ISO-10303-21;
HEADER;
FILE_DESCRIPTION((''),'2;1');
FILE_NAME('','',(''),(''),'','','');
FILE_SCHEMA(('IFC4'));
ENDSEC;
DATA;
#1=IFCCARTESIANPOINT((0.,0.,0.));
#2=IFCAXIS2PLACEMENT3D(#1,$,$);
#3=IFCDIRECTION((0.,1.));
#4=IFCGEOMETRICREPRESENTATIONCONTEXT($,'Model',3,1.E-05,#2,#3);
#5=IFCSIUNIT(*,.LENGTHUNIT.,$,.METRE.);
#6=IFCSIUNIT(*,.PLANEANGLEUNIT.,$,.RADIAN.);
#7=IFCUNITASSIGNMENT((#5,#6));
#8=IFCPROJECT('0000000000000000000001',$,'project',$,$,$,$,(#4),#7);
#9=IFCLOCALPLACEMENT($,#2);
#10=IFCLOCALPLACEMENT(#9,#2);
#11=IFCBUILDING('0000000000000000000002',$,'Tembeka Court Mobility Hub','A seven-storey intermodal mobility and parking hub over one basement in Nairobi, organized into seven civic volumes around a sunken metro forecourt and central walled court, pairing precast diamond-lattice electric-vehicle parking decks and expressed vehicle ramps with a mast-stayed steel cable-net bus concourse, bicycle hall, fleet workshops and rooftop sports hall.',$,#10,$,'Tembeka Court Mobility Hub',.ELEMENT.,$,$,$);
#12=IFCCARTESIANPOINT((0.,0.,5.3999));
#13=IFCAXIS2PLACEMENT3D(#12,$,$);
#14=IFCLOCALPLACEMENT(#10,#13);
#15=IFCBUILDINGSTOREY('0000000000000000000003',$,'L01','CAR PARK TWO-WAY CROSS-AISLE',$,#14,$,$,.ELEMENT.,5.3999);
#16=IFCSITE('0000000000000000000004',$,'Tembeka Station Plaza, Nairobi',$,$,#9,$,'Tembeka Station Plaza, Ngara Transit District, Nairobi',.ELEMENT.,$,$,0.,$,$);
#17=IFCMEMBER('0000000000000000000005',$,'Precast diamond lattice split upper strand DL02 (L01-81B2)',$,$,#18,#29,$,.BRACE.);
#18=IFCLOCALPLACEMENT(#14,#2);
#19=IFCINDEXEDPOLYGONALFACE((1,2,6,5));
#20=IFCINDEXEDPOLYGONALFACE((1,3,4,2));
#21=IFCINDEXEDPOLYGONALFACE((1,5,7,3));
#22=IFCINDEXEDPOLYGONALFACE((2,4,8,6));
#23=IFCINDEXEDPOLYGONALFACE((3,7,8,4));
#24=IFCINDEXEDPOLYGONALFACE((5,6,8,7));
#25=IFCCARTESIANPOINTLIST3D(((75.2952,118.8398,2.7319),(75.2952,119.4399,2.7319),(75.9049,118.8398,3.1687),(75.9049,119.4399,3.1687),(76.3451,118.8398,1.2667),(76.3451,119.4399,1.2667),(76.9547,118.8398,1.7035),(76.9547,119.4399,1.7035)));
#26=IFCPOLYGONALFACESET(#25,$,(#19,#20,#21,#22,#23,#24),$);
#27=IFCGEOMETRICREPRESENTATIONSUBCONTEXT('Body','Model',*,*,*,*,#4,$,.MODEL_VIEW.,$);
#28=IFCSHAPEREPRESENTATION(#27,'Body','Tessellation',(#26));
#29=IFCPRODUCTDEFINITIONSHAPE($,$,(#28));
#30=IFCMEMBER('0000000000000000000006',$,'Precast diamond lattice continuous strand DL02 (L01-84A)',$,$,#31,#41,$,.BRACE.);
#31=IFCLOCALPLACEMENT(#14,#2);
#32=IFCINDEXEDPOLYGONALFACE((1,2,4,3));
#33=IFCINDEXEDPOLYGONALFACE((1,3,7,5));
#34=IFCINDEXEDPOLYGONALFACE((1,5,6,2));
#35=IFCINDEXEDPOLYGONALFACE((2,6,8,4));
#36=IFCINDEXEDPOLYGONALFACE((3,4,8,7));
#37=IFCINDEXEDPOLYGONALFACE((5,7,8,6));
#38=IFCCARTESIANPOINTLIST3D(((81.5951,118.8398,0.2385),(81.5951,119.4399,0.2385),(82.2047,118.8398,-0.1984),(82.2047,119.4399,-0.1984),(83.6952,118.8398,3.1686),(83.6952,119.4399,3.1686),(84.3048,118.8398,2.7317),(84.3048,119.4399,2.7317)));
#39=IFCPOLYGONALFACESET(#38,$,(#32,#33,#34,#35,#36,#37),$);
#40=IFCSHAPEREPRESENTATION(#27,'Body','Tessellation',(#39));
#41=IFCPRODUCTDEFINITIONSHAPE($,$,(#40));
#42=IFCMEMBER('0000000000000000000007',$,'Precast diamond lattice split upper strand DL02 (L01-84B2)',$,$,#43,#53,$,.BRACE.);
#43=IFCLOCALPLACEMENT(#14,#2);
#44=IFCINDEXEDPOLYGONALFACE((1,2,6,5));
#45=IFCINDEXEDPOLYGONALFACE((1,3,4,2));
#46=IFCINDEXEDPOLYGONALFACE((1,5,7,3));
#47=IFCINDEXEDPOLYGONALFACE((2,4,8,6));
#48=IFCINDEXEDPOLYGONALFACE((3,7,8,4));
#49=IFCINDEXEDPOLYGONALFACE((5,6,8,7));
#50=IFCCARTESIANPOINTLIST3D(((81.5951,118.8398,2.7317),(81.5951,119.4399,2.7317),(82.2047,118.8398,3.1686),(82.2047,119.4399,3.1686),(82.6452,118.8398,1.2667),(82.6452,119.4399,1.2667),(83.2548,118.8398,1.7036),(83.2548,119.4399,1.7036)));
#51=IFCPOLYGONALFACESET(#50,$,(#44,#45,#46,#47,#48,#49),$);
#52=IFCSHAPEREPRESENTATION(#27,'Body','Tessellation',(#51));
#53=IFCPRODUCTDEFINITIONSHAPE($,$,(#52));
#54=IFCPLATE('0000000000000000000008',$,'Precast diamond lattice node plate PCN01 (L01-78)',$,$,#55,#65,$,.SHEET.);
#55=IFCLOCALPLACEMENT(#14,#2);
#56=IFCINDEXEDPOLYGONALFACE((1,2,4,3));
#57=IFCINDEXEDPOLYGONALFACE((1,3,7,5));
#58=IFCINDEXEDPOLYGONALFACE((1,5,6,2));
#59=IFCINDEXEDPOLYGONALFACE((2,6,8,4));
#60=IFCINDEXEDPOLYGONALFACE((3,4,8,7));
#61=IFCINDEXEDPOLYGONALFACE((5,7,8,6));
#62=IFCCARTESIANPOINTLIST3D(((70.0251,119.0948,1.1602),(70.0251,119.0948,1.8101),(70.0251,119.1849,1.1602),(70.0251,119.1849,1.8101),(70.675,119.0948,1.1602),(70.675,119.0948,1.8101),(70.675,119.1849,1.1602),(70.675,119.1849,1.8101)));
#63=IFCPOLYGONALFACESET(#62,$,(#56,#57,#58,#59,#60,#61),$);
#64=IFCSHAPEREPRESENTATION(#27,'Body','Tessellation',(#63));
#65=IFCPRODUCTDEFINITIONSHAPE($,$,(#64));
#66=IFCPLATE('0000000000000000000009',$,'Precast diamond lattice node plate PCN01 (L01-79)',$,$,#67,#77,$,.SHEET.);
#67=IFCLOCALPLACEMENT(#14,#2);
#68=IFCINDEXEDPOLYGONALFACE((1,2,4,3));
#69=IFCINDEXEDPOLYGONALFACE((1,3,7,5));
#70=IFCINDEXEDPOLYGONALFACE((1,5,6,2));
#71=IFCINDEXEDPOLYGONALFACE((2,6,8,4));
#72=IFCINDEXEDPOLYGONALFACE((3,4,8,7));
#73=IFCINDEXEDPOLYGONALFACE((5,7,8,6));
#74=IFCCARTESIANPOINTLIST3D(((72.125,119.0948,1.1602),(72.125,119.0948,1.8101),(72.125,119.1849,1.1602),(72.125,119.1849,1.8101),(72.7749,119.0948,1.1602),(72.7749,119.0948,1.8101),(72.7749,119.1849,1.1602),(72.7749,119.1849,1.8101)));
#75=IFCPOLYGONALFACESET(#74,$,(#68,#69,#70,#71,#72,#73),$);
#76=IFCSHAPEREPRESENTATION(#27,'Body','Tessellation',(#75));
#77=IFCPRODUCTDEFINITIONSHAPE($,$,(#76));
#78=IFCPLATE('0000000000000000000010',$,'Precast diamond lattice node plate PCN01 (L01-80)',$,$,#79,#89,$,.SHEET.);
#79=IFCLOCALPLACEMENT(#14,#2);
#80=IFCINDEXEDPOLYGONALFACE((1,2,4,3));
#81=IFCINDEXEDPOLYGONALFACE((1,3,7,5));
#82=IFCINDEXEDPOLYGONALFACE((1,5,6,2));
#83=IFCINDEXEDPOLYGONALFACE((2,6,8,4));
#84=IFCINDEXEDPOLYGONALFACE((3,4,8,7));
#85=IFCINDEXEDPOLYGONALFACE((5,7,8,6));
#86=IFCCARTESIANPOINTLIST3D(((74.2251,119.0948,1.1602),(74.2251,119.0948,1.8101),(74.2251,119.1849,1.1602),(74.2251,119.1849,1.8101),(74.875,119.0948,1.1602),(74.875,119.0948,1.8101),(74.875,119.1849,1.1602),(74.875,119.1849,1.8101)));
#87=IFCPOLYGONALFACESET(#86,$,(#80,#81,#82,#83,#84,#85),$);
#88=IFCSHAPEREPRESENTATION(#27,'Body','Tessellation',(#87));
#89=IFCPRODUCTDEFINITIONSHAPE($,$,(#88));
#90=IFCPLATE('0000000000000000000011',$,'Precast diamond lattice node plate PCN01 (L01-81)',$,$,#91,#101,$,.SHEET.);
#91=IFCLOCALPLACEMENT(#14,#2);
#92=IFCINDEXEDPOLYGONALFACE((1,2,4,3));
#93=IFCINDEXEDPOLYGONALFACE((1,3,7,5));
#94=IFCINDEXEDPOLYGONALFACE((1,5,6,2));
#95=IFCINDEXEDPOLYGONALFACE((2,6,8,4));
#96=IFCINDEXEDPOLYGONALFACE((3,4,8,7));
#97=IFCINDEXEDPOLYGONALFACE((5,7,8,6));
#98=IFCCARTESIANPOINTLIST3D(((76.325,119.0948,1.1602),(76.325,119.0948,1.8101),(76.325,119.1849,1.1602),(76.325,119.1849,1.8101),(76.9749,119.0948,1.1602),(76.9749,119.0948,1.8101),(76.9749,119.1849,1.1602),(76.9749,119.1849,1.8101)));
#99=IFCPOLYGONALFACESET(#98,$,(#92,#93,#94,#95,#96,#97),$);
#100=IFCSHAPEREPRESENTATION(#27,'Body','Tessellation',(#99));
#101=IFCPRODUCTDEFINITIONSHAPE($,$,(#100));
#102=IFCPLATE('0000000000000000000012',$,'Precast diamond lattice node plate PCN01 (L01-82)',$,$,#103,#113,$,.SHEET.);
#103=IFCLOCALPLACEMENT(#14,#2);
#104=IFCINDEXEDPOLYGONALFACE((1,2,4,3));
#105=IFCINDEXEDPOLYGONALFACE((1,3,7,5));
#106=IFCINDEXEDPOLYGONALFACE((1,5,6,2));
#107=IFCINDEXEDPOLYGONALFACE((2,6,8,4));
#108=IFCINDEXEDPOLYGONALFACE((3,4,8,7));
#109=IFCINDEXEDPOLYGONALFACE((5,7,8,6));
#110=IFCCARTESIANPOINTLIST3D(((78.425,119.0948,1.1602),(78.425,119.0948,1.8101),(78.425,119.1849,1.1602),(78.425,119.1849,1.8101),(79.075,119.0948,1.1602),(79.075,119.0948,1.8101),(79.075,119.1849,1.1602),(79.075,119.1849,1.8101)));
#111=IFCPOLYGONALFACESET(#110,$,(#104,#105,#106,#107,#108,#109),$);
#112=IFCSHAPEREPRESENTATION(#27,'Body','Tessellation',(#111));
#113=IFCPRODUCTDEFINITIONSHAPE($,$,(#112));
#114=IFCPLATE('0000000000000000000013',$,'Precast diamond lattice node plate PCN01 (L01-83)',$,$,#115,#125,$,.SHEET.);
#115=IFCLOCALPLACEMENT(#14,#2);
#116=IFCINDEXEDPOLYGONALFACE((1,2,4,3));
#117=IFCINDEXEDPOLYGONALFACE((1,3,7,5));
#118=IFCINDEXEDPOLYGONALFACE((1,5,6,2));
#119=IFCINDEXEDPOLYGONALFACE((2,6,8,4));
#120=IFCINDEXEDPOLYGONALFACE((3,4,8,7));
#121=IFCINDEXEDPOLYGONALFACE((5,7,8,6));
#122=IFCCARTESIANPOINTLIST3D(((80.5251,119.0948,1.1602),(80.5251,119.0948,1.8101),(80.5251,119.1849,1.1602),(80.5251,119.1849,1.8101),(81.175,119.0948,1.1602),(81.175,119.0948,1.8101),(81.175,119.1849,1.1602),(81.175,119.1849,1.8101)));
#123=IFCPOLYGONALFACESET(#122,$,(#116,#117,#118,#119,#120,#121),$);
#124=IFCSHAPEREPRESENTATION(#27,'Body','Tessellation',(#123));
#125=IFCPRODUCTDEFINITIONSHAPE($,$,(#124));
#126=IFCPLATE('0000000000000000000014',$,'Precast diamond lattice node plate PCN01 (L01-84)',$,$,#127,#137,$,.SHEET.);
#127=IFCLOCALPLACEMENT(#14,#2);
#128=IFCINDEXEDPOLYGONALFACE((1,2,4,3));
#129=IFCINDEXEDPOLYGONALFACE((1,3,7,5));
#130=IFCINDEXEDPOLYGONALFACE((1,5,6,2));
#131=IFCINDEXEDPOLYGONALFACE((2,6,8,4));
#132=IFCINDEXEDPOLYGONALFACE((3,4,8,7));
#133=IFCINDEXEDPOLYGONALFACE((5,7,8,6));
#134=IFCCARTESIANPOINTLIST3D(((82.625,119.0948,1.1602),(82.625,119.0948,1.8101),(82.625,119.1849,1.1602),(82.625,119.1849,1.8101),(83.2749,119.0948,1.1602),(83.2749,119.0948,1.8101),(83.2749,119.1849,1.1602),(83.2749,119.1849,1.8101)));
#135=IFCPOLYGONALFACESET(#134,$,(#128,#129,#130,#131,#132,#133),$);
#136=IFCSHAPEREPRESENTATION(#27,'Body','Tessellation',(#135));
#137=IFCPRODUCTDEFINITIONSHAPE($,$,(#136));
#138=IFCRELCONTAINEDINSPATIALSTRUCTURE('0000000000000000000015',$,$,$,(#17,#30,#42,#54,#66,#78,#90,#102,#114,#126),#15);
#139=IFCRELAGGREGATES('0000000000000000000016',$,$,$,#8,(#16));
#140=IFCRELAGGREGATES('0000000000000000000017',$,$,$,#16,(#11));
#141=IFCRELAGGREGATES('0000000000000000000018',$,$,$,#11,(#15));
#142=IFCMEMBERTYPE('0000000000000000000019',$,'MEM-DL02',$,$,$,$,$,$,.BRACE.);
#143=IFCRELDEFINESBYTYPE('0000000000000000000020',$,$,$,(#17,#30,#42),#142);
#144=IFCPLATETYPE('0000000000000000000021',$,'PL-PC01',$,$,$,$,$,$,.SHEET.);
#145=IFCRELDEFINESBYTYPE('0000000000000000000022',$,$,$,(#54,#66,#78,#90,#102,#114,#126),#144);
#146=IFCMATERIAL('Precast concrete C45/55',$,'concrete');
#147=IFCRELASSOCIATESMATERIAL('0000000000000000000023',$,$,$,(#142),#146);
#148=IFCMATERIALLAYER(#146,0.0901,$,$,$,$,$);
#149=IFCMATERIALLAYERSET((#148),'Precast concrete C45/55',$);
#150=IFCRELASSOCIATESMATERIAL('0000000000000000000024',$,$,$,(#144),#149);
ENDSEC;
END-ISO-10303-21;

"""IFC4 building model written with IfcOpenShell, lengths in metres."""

from ifc_helpers import new_model, si_unit, direction, frame, origin, origin_2d, place, context, subcontext, project, spatial, rectangle, extrude, material, layer, layer_set, material_profile, profile_set, type_object, element, save


model = new_model("IFC4")

# Units and contexts
model_context = context("Model", 3, precision=1e-05, world=origin(), true_north=direction((0.0, 1.0)))
body_context = subcontext(model_context, "Body", "Model", "MODEL_VIEW")
ifc_project = project(units=[si_unit("LENGTHUNIT", "METRE"), si_unit("PLANEANGLEUNIT", "RADIAN")], contexts=[model_context])

# Site, building, storey
site_placement = place(None, origin())
site = spatial("IfcSite", under=ifc_project, at=site_placement, Name="Tembeka Station Plaza, Nairobi", LongName="Tembeka Station Plaza, Ngara Transit District, Nairobi", CompositionType="ELEMENT", RefElevation=0.0)
building_placement = place(site_placement, origin())
building = spatial("IfcBuilding", under=site, at=building_placement, Name="Tembeka Court Mobility Hub", Description="A seven-storey intermodal mobility and parking hub over one basement in Nairobi, organized into seven civic volumes around a sunken metro forecourt and central walled court, pairing precast diamond-lattice electric-vehicle parking decks and expressed vehicle ramps with a mast-stayed steel cable-net bus concourse, bicycle hall, fleet workshops and rooftop sports hall.", LongName="Tembeka Court Mobility Hub", CompositionType="ELEMENT")
storey_placement = place(building_placement, frame((0.0, 0.0, 5.3999)))
storey = spatial("IfcBuildingStorey", under=building, at=storey_placement, Name="L01", Description="CAR PARK TWO-WAY CROSS-AISLE", CompositionType="ELEMENT", Elevation=5.3999)

# Members
ifc_material = material(Name="Precast concrete C45/55", Category="concrete")
ifc_material_profile_1 = material_profile(ifc_material, rectangle(XDim=0.6001, YDim=0.75, at=origin_2d()), Name="PC-DIAG 600x750")
ifc_profile_set_1 = profile_set([ifc_material_profile_1], Name="Precast concrete C45/55")
member_type_1 = type_object("IfcMemberType", Name="MEM-DL02", PredefinedType="BRACE", material=ifc_profile_set_1)
for number, where, z_axis, x_axis, name in (
    (1, (76.6499, 119.1399, 1.4851), (-0.582455, 0.0, 0.812863), (0.0, -1.0, 0.0), "Precast diamond lattice split upper strand DL02 (L01-81B2)"),
):
    element("IfcMember", number, at=place(storey_placement, frame(where, z_axis=z_axis, x_axis=x_axis)), inside=storey, type_object=member_type_1, Name=name, PredefinedType="BRACE", context=body_context, shape_type="SweptSolid", body=[
        extrude(rectangle(XDim=0.6001, YDim=0.75, at=origin_2d()), origin(), (0.0, 0.0, 1.0), 1.8025),
    ])
member_1_placement = place(storey_placement, frame((81.8999, 119.1399, 0.02), z_axis=(0.582544, 0.0, 0.812799), x_axis=(0.0, 1.0, 0.0)))
element("IfcMember", 2, at=member_1_placement, inside=storey, type_object=member_type_1, Name="Precast diamond lattice continuous strand DL02 (L01-84A)", PredefinedType="BRACE", context=body_context, shape_type="SweptSolid", body=[
    extrude(rectangle(XDim=0.6001, YDim=0.75, at=origin_2d()), origin(), (0.0, 0.0, 1.0), 3.605),
])
member_2_placement = place(storey_placement, frame((82.95, 119.1399, 1.4851), z_axis=(-0.582544, 0.0, 0.812799), x_axis=(0.0, -1.0, 0.0)))
element("IfcMember", 3, at=member_2_placement, inside=storey, type_object=member_type_1, Name="Precast diamond lattice split upper strand DL02 (L01-84B2)", PredefinedType="BRACE", context=body_context, shape_type="SweptSolid", body=[
    extrude(rectangle(XDim=0.6001, YDim=0.75, at=origin_2d()), origin(), (0.0, 0.0, 1.0), 1.8025),
])

# Plates
ifc_layer = layer(ifc_material, 0.0901)
ifc_layer_set = layer_set([ifc_layer], Name="Precast concrete C45/55")
plate_type = type_object("IfcPlateType", Name="PL-PC01", PredefinedType="SHEET", material=ifc_layer_set)
for number, where, z_axis, x_axis, name in (
    (4, (70.3501, 119.1399, 1.1602), (0.0, 0.0, 1.0), (1.0, 0.0, 0.0), "Precast diamond lattice node plate PCN01 (L01-78)"),
    (5, (72.45, 119.1399, 1.1602), (0.0, 0.0, 1.0), (1.0, 0.0, 0.0), "Precast diamond lattice node plate PCN01 (L01-79)"),
    (6, (74.55, 119.1399, 1.1602), (0.0, 0.0, 1.0), (1.0, 0.0, 0.0), "Precast diamond lattice node plate PCN01 (L01-80)"),
    (7, (76.6499, 119.1399, 1.1602), (0.0, 0.0, 1.0), (1.0, 0.0, 0.0), "Precast diamond lattice node plate PCN01 (L01-81)"),
    (8, (78.75, 119.1399, 1.1602), (0.0, 0.0, 1.0), (1.0, 0.0, 0.0), "Precast diamond lattice node plate PCN01 (L01-82)"),
    (9, (80.8501, 119.1399, 1.1602), (0.0, 0.0, 1.0), (1.0, 0.0, 0.0), "Precast diamond lattice node plate PCN01 (L01-83)"),
    (10, (82.95, 119.1399, 1.1602), (0.0, 0.0, 1.0), (1.0, 0.0, 0.0), "Precast diamond lattice node plate PCN01 (L01-84)"),
):
    element("IfcPlate", number, at=place(storey_placement, frame(where, z_axis=z_axis, x_axis=x_axis)), inside=storey, type_object=plate_type, Name=name, PredefinedType="SHEET", context=body_context, shape_type="SweptSolid", body=[
        extrude(rectangle(XDim=0.6499, YDim=0.0901, at=origin_2d()), origin(), (0.0, 0.0, 1.0), 0.6499),
    ])

save(model, "model.ifc")
